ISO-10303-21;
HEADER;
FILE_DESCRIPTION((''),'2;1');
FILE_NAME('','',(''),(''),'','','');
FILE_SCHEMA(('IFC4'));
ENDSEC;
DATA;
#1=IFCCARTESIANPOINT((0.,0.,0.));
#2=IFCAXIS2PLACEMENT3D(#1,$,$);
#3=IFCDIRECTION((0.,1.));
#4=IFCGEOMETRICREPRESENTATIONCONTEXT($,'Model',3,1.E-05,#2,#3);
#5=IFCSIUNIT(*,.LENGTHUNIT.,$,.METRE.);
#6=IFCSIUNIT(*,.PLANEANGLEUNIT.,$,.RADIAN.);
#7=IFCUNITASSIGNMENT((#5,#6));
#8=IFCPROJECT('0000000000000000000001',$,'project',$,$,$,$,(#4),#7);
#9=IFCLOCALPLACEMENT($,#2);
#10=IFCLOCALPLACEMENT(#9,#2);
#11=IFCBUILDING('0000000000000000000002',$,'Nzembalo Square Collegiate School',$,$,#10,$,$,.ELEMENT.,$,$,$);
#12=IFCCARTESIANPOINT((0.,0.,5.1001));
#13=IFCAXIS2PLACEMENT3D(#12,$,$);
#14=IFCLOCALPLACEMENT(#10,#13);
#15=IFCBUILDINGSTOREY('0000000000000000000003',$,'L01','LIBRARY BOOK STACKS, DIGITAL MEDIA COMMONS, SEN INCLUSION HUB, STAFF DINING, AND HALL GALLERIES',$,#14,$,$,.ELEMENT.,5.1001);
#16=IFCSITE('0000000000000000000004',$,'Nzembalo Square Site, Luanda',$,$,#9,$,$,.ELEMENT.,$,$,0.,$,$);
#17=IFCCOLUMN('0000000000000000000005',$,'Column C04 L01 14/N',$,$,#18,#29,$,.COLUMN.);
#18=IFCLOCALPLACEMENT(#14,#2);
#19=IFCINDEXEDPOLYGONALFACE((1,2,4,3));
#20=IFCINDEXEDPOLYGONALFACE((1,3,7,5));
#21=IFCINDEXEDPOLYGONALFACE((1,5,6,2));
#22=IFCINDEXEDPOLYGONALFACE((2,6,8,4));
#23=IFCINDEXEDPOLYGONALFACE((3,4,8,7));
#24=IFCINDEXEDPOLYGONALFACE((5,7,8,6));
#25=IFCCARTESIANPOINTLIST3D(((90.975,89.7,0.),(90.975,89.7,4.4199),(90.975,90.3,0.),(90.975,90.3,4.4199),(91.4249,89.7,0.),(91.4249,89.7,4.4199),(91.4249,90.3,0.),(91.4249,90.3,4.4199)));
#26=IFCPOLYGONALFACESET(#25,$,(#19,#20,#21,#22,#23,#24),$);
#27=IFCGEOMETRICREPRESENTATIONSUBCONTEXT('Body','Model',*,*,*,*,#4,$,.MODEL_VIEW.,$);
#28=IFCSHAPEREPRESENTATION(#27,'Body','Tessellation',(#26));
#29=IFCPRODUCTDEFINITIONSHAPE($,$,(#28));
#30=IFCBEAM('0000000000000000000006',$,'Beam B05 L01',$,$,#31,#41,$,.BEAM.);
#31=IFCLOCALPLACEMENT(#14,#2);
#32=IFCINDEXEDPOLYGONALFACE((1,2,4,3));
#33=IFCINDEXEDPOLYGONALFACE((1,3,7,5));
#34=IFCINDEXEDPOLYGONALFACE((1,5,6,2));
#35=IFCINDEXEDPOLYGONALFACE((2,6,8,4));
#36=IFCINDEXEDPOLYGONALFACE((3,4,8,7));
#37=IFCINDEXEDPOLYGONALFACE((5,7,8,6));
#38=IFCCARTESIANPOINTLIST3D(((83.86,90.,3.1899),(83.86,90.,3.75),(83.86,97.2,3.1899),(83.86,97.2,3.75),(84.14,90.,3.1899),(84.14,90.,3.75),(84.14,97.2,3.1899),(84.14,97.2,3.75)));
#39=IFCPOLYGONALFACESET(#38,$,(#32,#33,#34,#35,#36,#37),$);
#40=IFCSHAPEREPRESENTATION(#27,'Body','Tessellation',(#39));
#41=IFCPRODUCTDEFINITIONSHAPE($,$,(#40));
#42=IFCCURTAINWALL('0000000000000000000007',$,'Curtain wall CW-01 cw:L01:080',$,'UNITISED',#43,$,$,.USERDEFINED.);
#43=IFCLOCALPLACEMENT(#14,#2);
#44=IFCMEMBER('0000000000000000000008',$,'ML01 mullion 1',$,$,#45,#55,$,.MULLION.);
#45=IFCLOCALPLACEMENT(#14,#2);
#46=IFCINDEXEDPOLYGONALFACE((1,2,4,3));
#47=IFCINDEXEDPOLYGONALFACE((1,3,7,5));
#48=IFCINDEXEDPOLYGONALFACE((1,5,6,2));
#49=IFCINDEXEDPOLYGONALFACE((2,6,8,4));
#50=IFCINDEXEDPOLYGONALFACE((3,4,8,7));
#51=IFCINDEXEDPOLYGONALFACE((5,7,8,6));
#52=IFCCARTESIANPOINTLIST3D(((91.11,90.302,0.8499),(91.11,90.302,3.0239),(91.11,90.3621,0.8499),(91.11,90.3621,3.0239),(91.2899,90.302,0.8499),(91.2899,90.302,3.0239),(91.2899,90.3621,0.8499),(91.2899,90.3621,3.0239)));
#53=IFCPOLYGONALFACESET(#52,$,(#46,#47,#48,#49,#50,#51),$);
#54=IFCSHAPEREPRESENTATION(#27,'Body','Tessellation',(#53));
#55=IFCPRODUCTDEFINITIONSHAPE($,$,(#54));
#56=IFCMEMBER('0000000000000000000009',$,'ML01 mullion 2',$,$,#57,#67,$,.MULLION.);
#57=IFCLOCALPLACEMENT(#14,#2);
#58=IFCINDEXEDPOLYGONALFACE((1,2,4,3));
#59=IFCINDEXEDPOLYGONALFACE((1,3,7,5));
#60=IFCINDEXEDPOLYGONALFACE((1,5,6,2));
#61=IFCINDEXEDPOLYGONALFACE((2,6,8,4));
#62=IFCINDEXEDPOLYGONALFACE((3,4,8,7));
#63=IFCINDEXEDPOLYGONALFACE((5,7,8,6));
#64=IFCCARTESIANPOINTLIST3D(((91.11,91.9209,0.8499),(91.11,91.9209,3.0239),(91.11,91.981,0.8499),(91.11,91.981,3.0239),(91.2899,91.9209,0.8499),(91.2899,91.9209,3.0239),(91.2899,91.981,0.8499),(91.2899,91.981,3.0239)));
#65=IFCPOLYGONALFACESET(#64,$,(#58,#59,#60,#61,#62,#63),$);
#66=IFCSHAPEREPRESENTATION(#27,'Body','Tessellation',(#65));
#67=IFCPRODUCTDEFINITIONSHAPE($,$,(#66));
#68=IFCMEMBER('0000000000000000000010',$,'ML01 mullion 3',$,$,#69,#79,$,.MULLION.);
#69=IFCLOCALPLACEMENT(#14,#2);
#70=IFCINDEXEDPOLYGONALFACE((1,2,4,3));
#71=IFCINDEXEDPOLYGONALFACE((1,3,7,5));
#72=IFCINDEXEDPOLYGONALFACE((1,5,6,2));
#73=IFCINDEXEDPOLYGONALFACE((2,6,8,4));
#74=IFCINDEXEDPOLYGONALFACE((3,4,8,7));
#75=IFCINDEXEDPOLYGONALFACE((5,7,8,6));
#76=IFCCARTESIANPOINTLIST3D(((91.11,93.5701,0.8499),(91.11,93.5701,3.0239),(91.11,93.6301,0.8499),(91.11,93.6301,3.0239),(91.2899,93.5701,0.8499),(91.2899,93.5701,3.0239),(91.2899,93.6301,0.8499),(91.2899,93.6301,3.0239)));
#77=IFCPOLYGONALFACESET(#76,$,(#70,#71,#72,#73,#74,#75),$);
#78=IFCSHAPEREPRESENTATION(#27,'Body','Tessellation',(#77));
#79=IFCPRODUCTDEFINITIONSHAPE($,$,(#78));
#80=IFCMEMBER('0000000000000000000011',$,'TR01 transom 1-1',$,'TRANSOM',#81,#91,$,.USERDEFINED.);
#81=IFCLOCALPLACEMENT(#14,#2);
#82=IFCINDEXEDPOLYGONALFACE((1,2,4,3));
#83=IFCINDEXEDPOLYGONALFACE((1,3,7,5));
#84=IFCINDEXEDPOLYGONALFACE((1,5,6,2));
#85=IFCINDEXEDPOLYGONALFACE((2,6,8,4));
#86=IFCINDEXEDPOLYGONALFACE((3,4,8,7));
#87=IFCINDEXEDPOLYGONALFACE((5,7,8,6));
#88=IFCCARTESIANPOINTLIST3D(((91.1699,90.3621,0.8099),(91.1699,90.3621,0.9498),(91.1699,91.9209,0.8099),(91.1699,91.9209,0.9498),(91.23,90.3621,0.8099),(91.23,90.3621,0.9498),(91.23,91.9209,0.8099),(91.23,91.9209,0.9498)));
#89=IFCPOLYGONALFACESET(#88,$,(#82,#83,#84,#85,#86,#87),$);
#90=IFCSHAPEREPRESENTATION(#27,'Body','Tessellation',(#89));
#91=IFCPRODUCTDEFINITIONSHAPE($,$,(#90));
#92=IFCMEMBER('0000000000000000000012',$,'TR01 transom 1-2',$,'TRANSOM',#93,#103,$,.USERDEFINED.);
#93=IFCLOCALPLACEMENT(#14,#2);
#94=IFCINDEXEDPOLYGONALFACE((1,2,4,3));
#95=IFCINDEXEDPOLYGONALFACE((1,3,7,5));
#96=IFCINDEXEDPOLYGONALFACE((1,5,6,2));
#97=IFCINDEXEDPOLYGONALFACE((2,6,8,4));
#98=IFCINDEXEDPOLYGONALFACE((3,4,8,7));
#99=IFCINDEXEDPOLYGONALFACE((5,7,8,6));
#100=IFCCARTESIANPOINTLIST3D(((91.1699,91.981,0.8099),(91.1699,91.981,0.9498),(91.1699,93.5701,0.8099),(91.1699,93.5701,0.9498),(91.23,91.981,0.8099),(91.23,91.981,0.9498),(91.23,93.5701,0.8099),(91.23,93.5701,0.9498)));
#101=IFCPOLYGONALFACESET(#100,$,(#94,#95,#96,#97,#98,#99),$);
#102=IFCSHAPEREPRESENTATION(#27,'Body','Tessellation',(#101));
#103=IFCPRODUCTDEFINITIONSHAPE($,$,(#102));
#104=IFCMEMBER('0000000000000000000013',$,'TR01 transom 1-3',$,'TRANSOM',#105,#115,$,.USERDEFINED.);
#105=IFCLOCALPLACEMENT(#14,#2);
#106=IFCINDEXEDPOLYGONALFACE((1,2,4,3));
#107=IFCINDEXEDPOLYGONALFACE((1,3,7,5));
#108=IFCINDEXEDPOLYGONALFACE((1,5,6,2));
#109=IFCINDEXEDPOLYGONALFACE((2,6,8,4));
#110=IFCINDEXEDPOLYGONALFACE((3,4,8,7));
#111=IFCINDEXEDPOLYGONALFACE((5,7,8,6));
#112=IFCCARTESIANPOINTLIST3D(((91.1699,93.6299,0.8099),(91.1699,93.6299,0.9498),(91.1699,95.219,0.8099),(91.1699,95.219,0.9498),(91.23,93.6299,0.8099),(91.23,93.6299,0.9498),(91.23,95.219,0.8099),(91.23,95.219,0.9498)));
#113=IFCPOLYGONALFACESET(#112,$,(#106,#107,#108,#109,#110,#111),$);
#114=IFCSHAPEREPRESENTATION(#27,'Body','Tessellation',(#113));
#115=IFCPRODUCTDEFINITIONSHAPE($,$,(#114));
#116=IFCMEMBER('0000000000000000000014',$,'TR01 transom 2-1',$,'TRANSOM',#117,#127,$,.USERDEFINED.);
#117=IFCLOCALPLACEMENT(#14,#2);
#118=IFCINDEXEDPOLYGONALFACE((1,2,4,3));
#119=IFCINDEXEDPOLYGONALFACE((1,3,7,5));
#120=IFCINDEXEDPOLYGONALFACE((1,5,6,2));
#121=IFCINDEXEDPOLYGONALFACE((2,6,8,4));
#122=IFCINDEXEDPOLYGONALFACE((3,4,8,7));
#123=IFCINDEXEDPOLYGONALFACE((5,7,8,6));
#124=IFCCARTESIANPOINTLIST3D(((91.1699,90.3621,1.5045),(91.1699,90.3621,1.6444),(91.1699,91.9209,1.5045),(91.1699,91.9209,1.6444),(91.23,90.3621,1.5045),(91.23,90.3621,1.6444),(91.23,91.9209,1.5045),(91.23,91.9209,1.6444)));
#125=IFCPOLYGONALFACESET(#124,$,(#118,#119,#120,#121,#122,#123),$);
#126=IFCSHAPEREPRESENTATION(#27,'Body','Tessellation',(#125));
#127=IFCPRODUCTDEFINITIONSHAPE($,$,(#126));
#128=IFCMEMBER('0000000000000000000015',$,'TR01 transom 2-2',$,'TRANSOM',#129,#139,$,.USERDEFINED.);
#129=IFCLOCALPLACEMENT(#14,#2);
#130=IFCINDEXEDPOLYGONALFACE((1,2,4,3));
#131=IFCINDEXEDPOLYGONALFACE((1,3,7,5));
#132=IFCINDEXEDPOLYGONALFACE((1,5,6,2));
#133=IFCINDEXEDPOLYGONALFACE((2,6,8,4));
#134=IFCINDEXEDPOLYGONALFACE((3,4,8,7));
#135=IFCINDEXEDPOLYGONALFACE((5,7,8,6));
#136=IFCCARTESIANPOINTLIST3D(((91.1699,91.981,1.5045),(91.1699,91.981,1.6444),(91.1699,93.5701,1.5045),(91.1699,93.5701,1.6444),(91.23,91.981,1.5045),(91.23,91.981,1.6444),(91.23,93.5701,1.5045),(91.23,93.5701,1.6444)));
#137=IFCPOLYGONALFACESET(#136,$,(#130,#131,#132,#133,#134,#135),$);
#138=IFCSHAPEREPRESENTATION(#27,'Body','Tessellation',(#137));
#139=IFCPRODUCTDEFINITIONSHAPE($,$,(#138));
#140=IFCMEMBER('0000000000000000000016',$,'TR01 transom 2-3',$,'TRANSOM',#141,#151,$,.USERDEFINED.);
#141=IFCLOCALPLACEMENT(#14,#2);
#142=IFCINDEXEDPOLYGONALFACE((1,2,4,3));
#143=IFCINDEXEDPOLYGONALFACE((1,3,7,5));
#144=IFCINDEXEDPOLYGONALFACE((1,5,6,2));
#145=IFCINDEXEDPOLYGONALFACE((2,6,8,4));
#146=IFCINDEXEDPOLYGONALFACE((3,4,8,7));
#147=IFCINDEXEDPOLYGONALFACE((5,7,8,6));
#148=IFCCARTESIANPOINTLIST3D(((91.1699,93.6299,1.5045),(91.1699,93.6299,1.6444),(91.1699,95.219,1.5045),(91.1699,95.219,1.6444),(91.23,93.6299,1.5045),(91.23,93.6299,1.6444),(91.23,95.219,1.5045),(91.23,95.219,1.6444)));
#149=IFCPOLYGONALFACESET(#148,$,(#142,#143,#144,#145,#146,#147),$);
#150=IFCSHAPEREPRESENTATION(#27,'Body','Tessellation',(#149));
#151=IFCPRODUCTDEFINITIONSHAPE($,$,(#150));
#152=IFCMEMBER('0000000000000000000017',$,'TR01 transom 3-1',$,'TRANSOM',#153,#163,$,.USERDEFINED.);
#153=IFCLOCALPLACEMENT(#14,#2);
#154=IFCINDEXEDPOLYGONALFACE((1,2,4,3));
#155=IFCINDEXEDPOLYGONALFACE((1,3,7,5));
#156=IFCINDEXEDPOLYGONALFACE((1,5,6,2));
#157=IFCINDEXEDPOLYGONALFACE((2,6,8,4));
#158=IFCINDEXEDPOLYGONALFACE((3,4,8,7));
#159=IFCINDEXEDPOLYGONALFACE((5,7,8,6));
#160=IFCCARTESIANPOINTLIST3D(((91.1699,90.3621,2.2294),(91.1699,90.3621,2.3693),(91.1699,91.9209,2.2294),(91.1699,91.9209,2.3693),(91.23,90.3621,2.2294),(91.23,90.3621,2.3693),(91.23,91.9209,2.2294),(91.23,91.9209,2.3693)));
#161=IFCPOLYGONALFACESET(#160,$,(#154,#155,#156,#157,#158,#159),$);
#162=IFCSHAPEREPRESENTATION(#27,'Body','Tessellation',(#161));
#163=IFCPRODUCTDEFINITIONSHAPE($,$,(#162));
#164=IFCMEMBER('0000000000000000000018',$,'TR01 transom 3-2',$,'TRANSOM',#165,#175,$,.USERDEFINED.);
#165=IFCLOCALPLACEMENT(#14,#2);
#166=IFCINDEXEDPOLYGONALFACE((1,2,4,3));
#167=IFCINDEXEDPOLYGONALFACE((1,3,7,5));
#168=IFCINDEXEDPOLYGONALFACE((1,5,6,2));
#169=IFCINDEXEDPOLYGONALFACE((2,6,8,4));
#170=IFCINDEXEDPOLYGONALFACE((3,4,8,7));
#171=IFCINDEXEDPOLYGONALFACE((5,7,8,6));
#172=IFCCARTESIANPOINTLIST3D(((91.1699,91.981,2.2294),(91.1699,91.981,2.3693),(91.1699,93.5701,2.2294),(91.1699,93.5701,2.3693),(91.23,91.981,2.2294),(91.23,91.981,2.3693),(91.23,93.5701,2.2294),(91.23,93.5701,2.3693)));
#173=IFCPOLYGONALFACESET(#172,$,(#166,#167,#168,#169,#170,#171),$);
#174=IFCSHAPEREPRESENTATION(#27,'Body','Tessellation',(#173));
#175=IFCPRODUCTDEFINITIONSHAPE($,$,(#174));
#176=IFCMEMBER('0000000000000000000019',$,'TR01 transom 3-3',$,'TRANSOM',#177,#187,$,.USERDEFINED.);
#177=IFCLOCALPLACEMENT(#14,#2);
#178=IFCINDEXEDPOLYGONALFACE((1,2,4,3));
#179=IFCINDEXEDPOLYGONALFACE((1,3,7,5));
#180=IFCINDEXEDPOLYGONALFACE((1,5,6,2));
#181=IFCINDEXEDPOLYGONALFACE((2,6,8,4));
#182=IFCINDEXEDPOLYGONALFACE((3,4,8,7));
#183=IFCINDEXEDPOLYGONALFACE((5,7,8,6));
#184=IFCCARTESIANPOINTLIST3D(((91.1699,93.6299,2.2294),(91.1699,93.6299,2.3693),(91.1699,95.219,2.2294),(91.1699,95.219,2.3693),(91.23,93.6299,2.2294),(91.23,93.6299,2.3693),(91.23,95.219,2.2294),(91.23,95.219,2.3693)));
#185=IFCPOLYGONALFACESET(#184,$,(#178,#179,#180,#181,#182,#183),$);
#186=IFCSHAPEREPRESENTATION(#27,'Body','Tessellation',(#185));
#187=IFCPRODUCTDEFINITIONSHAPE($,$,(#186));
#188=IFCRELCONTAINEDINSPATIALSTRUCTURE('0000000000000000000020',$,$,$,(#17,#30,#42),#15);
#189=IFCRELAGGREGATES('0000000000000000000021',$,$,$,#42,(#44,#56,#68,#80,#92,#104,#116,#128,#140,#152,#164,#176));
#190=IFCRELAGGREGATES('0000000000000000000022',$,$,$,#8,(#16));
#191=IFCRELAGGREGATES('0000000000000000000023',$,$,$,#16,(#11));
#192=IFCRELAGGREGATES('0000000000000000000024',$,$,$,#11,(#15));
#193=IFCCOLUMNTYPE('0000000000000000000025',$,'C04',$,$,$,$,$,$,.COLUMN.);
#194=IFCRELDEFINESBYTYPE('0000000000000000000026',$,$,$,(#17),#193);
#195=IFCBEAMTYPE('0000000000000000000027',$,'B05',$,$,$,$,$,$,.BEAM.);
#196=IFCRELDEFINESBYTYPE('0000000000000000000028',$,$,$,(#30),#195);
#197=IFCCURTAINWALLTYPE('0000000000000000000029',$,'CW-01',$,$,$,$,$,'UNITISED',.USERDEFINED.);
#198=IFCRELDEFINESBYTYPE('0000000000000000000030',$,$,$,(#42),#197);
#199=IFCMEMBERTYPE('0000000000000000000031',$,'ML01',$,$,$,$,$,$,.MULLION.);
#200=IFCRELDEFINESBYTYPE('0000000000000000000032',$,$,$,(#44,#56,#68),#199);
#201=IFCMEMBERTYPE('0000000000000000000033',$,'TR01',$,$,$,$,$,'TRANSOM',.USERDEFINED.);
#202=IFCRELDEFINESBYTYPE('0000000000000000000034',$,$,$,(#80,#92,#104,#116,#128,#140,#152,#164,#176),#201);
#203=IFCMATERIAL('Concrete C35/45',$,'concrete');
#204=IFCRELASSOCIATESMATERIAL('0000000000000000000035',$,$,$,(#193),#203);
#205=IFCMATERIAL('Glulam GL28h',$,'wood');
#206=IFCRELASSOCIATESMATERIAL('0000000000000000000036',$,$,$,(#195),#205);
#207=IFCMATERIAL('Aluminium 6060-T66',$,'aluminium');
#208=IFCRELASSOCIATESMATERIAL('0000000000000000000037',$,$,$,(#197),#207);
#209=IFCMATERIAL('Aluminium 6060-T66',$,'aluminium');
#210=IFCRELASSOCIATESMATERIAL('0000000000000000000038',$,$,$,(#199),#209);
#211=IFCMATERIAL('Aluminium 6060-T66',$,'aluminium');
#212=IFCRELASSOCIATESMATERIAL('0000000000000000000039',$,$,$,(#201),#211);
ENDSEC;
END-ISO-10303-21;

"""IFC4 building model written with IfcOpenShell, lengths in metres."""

from ifc_helpers import new_model, si_unit, direction, frame, origin, origin_2d, place, context, subcontext, project, spatial, rectangle, extrude, material, material_profile, profile_set, type_object, element, aggregate, save


model = new_model("IFC4")

# Units and contexts
model_context = context("Model", 3, precision=1e-05, world=origin(), true_north=direction((0.0, 1.0)))
body_context = subcontext(model_context, "Body", "Model", "MODEL_VIEW")
ifc_project = project(units=[si_unit("LENGTHUNIT", "METRE"), si_unit("PLANEANGLEUNIT", "RADIAN")], contexts=[model_context])

# Site, building, storey
site_placement = place(None, origin())
site = spatial("IfcSite", under=ifc_project, at=site_placement, Name="Nzembalo Square Site, Luanda", CompositionType="ELEMENT", RefElevation=0.0)
building_placement = place(site_placement, origin())
building = spatial("IfcBuilding", under=site, at=building_placement, Name="Nzembalo Square Collegiate School", CompositionType="ELEMENT")
storey_placement = place(building_placement, frame((0.0, 0.0, 5.1001)))
storey = spatial("IfcBuildingStorey", under=building, at=storey_placement, Name="L01", Description="LIBRARY BOOK STACKS, DIGITAL MEDIA COMMONS, SEN INCLUSION HUB, STAFF DINING, AND HALL GALLERIES", CompositionType="ELEMENT", Elevation=5.1001)

# Column
ifc_material_1 = material(Name="Concrete C35/45", Category="concrete")
ifc_material_profile_1 = material_profile(ifc_material_1, rectangle(XDim=0.45, YDim=0.6001, at=origin_2d()), Name="RC 450x600")
ifc_profile_set_1 = profile_set([ifc_material_profile_1], Name="Concrete C35/45")
column_type = type_object("IfcColumnType", Name="C04", PredefinedType="COLUMN", material=ifc_profile_set_1)
column_placement = place(storey_placement, frame((91.2, 90.0, 0.0), z_axis=(0.0, 0.0, 1.0), x_axis=(1.0, 0.0, 0.0)))
element("IfcColumn", 1, at=column_placement, inside=storey, type_object=column_type, Name="Column C04 L01 14/N", PredefinedType="COLUMN", context=body_context, shape_type="SweptSolid", body=[
    extrude(rectangle(XDim=0.45, YDim=0.6001, at=origin_2d()), origin(), (0.0, 0.0, 1.0), 4.4199),
])

# Beam
ifc_material_2 = material(Name="Glulam GL28h", Category="wood")
ifc_material_profile_2 = material_profile(ifc_material_2, rectangle(XDim=0.28, YDim=0.5601, at=origin_2d()), Name="GL28h 280x560")
ifc_profile_set_2 = profile_set([ifc_material_profile_2], Name="Glulam GL28h")
beam_type = type_object("IfcBeamType", Name="B05", PredefinedType="BEAM", material=ifc_profile_set_2)
beam_placement = place(storey_placement, frame((84.0, 90.0, 3.47), z_axis=(0.0, 1.0, 0.0), x_axis=(-1.0, 0.0, 0.0)))
element("IfcBeam", 2, at=beam_placement, inside=storey, type_object=beam_type, Name="Beam B05 L01", PredefinedType="BEAM", context=body_context, shape_type="SweptSolid", body=[
    extrude(rectangle(XDim=0.28, YDim=0.5601, at=origin_2d()), origin(), (0.0, 0.0, 1.0), 7.2),
])

# Curtain wall, members
ifc_material_3 = material(Name="Aluminium 6060-T66", Category="aluminium")
curtain_wall_type = type_object("IfcCurtainWallType", Name="CW-01", ElementType="UNITISED", PredefinedType="USERDEFINED", material=ifc_material_3)
curtain_wall_placement = place(storey_placement, origin())
curtain_wall = element("IfcCurtainWall", 3, at=curtain_wall_placement, inside=storey, type_object=curtain_wall_type, Name="Curtain wall CW-01 cw:L01:080", ObjectType="UNITISED", PredefinedType="USERDEFINED")
ifc_material_4 = material(Name="Aluminium 6060-T66", Category="aluminium")
ifc_material_profile_3 = material_profile(ifc_material_4, rectangle(XDim=0.0601, YDim=0.1799, at=origin_2d()), Name="ALU M60x180")
ifc_profile_set_3 = profile_set([ifc_material_profile_3], Name="Aluminium 6060-T66")
member_type_1 = type_object("IfcMemberType", Name="ML01", PredefinedType="MULLION", material=ifc_profile_set_3)
member_1_placement = place(storey_placement, frame((91.2, 90.332, 0.8499), z_axis=(0.0, 0.0, 1.0), x_axis=(0.0, 1.0, 0.0)))
member_1 = element("IfcMember", 4, at=member_1_placement, type_object=member_type_1, Name="ML01 mullion 1", PredefinedType="MULLION", context=body_context, shape_type="SweptSolid", body=[
    extrude(rectangle(XDim=0.0601, YDim=0.1799, at=origin_2d()), origin(), (0.0, 0.0, 1.0), 2.1741),
])
member_2_placement = place(storey_placement, frame((91.2, 91.9509, 0.8499), z_axis=(0.0, 0.0, 1.0), x_axis=(0.0, 1.0, 0.0)))
member_2 = element("IfcMember", 5, at=member_2_placement, type_object=member_type_1, Name="ML01 mullion 2", PredefinedType="MULLION", context=body_context, shape_type="SweptSolid", body=[
    extrude(rectangle(XDim=0.0601, YDim=0.1799, at=origin_2d()), origin(), (0.0, 0.0, 1.0), 2.1741),
])
member_3_placement = place(storey_placement, frame((91.2, 93.6001, 0.8499), z_axis=(0.0, 0.0, 1.0), x_axis=(0.0, 1.0, 0.0)))
member_3 = element("IfcMember", 6, at=member_3_placement, type_object=member_type_1, Name="ML01 mullion 3", PredefinedType="MULLION", context=body_context, shape_type="SweptSolid", body=[
    extrude(rectangle(XDim=0.0601, YDim=0.1799, at=origin_2d()), origin(), (0.0, 0.0, 1.0), 2.1741),
])
ifc_material_5 = material(Name="Aluminium 6060-T66", Category="aluminium")
ifc_material_profile_4 = material_profile(ifc_material_5, rectangle(XDim=0.0601, YDim=0.1399, at=origin_2d()), Name="ALU T60x140")
ifc_profile_set_4 = profile_set([ifc_material_profile_4], Name="Aluminium 6060-T66")
member_type_2 = type_object("IfcMemberType", Name="TR01", ElementType="TRANSOM", PredefinedType="USERDEFINED", material=ifc_profile_set_4)
member_4_placement = place(storey_placement, frame((91.2, 90.3621, 0.8799), z_axis=(0.0, 1.0, 0.0), x_axis=(-1.0, 0.0, 0.0)))
member_4 = element("IfcMember", 7, at=member_4_placement, type_object=member_type_2, Name="TR01 transom 1-1", ObjectType="TRANSOM", PredefinedType="USERDEFINED", context=body_context, shape_type="SweptSolid", body=[
    extrude(rectangle(XDim=0.0601, YDim=0.1399, at=origin_2d()), origin(), (0.0, 0.0, 1.0), 1.5588),
])
member_5_placement = place(storey_placement, frame((91.2, 91.981, 0.8799), z_axis=(0.0, 1.0, 0.0), x_axis=(-1.0, 0.0, 0.0)))
member_5 = element("IfcMember", 8, at=member_5_placement, type_object=member_type_2, Name="TR01 transom 1-2", ObjectType="TRANSOM", PredefinedType="USERDEFINED", context=body_context, shape_type="SweptSolid", body=[
    extrude(rectangle(XDim=0.0601, YDim=0.1399, at=origin_2d()), origin(), (0.0, 0.0, 1.0), 1.5891),
])
member_6_placement = place(storey_placement, frame((91.2, 93.6299, 0.8799), z_axis=(0.0, 1.0, 0.0), x_axis=(-1.0, 0.0, 0.0)))
member_6 = element("IfcMember", 9, at=member_6_placement, type_object=member_type_2, Name="TR01 transom 1-3", ObjectType="TRANSOM", PredefinedType="USERDEFINED", context=body_context, shape_type="SweptSolid", body=[
    extrude(rectangle(XDim=0.0601, YDim=0.1399, at=origin_2d()), origin(), (0.0, 0.0, 1.0), 1.5891),
])
member_7_placement = place(storey_placement, frame((91.2, 90.3621, 1.5745), z_axis=(0.0, 1.0, 0.0), x_axis=(-1.0, 0.0, 0.0)))
member_7 = element("IfcMember", 10, at=member_7_placement, type_object=member_type_2, Name="TR01 transom 2-1", ObjectType="TRANSOM", PredefinedType="USERDEFINED", context=body_context, shape_type="SweptSolid", body=[
    extrude(rectangle(XDim=0.0601, YDim=0.1399, at=origin_2d()), origin(), (0.0, 0.0, 1.0), 1.5588),
])
member_8_placement = place(storey_placement, frame((91.2, 91.981, 1.5745), z_axis=(0.0, 1.0, 0.0), x_axis=(-1.0, 0.0, 0.0)))
member_8 = element("IfcMember", 11, at=member_8_placement, type_object=member_type_2, Name="TR01 transom 2-2", ObjectType="TRANSOM", PredefinedType="USERDEFINED", context=body_context, shape_type="SweptSolid", body=[
    extrude(rectangle(XDim=0.0601, YDim=0.1399, at=origin_2d()), origin(), (0.0, 0.0, 1.0), 1.5891),
])
member_9_placement = place(storey_placement, frame((91.2, 93.6299, 1.5745), z_axis=(0.0, 1.0, 0.0), x_axis=(-1.0, 0.0, 0.0)))
member_9 = element("IfcMember", 12, at=member_9_placement, type_object=member_type_2, Name="TR01 transom 2-3", ObjectType="TRANSOM", PredefinedType="USERDEFINED", context=body_context, shape_type="SweptSolid", body=[
    extrude(rectangle(XDim=0.0601, YDim=0.1399, at=origin_2d()), origin(), (0.0, 0.0, 1.0), 1.5891),
])
member_10_placement = place(storey_placement, frame((91.2, 90.3621, 2.2993), z_axis=(0.0, 1.0, 0.0), x_axis=(-1.0, 0.0, 0.0)))
member_10 = element("IfcMember", 13, at=member_10_placement, type_object=member_type_2, Name="TR01 transom 3-1", ObjectType="TRANSOM", PredefinedType="USERDEFINED", context=body_context, shape_type="SweptSolid", body=[
    extrude(rectangle(XDim=0.0601, YDim=0.1399, at=origin_2d()), origin(), (0.0, 0.0, 1.0), 1.5588),
])
member_11_placement = place(storey_placement, frame((91.2, 91.981, 2.2993), z_axis=(0.0, 1.0, 0.0), x_axis=(-1.0, 0.0, 0.0)))
member_11 = element("IfcMember", 14, at=member_11_placement, type_object=member_type_2, Name="TR01 transom 3-2", ObjectType="TRANSOM", PredefinedType="USERDEFINED", context=body_context, shape_type="SweptSolid", body=[
    extrude(rectangle(XDim=0.0601, YDim=0.1399, at=origin_2d()), origin(), (0.0, 0.0, 1.0), 1.5891),
])
member_12_placement = place(storey_placement, frame((91.2, 93.6299, 2.2993), z_axis=(0.0, 1.0, 0.0), x_axis=(-1.0, 0.0, 0.0)))
member_12 = element("IfcMember", 15, at=member_12_placement, type_object=member_type_2, Name="TR01 transom 3-3", ObjectType="TRANSOM", PredefinedType="USERDEFINED", context=body_context, shape_type="SweptSolid", body=[
    extrude(rectangle(XDim=0.0601, YDim=0.1399, at=origin_2d()), origin(), (0.0, 0.0, 1.0), 1.5891),
])
aggregate(curtain_wall, [member_1, member_2, member_3, member_4, member_5, member_6, member_7, member_8, member_9, member_10, member_11, member_12])

save(model, "model.ifc")
